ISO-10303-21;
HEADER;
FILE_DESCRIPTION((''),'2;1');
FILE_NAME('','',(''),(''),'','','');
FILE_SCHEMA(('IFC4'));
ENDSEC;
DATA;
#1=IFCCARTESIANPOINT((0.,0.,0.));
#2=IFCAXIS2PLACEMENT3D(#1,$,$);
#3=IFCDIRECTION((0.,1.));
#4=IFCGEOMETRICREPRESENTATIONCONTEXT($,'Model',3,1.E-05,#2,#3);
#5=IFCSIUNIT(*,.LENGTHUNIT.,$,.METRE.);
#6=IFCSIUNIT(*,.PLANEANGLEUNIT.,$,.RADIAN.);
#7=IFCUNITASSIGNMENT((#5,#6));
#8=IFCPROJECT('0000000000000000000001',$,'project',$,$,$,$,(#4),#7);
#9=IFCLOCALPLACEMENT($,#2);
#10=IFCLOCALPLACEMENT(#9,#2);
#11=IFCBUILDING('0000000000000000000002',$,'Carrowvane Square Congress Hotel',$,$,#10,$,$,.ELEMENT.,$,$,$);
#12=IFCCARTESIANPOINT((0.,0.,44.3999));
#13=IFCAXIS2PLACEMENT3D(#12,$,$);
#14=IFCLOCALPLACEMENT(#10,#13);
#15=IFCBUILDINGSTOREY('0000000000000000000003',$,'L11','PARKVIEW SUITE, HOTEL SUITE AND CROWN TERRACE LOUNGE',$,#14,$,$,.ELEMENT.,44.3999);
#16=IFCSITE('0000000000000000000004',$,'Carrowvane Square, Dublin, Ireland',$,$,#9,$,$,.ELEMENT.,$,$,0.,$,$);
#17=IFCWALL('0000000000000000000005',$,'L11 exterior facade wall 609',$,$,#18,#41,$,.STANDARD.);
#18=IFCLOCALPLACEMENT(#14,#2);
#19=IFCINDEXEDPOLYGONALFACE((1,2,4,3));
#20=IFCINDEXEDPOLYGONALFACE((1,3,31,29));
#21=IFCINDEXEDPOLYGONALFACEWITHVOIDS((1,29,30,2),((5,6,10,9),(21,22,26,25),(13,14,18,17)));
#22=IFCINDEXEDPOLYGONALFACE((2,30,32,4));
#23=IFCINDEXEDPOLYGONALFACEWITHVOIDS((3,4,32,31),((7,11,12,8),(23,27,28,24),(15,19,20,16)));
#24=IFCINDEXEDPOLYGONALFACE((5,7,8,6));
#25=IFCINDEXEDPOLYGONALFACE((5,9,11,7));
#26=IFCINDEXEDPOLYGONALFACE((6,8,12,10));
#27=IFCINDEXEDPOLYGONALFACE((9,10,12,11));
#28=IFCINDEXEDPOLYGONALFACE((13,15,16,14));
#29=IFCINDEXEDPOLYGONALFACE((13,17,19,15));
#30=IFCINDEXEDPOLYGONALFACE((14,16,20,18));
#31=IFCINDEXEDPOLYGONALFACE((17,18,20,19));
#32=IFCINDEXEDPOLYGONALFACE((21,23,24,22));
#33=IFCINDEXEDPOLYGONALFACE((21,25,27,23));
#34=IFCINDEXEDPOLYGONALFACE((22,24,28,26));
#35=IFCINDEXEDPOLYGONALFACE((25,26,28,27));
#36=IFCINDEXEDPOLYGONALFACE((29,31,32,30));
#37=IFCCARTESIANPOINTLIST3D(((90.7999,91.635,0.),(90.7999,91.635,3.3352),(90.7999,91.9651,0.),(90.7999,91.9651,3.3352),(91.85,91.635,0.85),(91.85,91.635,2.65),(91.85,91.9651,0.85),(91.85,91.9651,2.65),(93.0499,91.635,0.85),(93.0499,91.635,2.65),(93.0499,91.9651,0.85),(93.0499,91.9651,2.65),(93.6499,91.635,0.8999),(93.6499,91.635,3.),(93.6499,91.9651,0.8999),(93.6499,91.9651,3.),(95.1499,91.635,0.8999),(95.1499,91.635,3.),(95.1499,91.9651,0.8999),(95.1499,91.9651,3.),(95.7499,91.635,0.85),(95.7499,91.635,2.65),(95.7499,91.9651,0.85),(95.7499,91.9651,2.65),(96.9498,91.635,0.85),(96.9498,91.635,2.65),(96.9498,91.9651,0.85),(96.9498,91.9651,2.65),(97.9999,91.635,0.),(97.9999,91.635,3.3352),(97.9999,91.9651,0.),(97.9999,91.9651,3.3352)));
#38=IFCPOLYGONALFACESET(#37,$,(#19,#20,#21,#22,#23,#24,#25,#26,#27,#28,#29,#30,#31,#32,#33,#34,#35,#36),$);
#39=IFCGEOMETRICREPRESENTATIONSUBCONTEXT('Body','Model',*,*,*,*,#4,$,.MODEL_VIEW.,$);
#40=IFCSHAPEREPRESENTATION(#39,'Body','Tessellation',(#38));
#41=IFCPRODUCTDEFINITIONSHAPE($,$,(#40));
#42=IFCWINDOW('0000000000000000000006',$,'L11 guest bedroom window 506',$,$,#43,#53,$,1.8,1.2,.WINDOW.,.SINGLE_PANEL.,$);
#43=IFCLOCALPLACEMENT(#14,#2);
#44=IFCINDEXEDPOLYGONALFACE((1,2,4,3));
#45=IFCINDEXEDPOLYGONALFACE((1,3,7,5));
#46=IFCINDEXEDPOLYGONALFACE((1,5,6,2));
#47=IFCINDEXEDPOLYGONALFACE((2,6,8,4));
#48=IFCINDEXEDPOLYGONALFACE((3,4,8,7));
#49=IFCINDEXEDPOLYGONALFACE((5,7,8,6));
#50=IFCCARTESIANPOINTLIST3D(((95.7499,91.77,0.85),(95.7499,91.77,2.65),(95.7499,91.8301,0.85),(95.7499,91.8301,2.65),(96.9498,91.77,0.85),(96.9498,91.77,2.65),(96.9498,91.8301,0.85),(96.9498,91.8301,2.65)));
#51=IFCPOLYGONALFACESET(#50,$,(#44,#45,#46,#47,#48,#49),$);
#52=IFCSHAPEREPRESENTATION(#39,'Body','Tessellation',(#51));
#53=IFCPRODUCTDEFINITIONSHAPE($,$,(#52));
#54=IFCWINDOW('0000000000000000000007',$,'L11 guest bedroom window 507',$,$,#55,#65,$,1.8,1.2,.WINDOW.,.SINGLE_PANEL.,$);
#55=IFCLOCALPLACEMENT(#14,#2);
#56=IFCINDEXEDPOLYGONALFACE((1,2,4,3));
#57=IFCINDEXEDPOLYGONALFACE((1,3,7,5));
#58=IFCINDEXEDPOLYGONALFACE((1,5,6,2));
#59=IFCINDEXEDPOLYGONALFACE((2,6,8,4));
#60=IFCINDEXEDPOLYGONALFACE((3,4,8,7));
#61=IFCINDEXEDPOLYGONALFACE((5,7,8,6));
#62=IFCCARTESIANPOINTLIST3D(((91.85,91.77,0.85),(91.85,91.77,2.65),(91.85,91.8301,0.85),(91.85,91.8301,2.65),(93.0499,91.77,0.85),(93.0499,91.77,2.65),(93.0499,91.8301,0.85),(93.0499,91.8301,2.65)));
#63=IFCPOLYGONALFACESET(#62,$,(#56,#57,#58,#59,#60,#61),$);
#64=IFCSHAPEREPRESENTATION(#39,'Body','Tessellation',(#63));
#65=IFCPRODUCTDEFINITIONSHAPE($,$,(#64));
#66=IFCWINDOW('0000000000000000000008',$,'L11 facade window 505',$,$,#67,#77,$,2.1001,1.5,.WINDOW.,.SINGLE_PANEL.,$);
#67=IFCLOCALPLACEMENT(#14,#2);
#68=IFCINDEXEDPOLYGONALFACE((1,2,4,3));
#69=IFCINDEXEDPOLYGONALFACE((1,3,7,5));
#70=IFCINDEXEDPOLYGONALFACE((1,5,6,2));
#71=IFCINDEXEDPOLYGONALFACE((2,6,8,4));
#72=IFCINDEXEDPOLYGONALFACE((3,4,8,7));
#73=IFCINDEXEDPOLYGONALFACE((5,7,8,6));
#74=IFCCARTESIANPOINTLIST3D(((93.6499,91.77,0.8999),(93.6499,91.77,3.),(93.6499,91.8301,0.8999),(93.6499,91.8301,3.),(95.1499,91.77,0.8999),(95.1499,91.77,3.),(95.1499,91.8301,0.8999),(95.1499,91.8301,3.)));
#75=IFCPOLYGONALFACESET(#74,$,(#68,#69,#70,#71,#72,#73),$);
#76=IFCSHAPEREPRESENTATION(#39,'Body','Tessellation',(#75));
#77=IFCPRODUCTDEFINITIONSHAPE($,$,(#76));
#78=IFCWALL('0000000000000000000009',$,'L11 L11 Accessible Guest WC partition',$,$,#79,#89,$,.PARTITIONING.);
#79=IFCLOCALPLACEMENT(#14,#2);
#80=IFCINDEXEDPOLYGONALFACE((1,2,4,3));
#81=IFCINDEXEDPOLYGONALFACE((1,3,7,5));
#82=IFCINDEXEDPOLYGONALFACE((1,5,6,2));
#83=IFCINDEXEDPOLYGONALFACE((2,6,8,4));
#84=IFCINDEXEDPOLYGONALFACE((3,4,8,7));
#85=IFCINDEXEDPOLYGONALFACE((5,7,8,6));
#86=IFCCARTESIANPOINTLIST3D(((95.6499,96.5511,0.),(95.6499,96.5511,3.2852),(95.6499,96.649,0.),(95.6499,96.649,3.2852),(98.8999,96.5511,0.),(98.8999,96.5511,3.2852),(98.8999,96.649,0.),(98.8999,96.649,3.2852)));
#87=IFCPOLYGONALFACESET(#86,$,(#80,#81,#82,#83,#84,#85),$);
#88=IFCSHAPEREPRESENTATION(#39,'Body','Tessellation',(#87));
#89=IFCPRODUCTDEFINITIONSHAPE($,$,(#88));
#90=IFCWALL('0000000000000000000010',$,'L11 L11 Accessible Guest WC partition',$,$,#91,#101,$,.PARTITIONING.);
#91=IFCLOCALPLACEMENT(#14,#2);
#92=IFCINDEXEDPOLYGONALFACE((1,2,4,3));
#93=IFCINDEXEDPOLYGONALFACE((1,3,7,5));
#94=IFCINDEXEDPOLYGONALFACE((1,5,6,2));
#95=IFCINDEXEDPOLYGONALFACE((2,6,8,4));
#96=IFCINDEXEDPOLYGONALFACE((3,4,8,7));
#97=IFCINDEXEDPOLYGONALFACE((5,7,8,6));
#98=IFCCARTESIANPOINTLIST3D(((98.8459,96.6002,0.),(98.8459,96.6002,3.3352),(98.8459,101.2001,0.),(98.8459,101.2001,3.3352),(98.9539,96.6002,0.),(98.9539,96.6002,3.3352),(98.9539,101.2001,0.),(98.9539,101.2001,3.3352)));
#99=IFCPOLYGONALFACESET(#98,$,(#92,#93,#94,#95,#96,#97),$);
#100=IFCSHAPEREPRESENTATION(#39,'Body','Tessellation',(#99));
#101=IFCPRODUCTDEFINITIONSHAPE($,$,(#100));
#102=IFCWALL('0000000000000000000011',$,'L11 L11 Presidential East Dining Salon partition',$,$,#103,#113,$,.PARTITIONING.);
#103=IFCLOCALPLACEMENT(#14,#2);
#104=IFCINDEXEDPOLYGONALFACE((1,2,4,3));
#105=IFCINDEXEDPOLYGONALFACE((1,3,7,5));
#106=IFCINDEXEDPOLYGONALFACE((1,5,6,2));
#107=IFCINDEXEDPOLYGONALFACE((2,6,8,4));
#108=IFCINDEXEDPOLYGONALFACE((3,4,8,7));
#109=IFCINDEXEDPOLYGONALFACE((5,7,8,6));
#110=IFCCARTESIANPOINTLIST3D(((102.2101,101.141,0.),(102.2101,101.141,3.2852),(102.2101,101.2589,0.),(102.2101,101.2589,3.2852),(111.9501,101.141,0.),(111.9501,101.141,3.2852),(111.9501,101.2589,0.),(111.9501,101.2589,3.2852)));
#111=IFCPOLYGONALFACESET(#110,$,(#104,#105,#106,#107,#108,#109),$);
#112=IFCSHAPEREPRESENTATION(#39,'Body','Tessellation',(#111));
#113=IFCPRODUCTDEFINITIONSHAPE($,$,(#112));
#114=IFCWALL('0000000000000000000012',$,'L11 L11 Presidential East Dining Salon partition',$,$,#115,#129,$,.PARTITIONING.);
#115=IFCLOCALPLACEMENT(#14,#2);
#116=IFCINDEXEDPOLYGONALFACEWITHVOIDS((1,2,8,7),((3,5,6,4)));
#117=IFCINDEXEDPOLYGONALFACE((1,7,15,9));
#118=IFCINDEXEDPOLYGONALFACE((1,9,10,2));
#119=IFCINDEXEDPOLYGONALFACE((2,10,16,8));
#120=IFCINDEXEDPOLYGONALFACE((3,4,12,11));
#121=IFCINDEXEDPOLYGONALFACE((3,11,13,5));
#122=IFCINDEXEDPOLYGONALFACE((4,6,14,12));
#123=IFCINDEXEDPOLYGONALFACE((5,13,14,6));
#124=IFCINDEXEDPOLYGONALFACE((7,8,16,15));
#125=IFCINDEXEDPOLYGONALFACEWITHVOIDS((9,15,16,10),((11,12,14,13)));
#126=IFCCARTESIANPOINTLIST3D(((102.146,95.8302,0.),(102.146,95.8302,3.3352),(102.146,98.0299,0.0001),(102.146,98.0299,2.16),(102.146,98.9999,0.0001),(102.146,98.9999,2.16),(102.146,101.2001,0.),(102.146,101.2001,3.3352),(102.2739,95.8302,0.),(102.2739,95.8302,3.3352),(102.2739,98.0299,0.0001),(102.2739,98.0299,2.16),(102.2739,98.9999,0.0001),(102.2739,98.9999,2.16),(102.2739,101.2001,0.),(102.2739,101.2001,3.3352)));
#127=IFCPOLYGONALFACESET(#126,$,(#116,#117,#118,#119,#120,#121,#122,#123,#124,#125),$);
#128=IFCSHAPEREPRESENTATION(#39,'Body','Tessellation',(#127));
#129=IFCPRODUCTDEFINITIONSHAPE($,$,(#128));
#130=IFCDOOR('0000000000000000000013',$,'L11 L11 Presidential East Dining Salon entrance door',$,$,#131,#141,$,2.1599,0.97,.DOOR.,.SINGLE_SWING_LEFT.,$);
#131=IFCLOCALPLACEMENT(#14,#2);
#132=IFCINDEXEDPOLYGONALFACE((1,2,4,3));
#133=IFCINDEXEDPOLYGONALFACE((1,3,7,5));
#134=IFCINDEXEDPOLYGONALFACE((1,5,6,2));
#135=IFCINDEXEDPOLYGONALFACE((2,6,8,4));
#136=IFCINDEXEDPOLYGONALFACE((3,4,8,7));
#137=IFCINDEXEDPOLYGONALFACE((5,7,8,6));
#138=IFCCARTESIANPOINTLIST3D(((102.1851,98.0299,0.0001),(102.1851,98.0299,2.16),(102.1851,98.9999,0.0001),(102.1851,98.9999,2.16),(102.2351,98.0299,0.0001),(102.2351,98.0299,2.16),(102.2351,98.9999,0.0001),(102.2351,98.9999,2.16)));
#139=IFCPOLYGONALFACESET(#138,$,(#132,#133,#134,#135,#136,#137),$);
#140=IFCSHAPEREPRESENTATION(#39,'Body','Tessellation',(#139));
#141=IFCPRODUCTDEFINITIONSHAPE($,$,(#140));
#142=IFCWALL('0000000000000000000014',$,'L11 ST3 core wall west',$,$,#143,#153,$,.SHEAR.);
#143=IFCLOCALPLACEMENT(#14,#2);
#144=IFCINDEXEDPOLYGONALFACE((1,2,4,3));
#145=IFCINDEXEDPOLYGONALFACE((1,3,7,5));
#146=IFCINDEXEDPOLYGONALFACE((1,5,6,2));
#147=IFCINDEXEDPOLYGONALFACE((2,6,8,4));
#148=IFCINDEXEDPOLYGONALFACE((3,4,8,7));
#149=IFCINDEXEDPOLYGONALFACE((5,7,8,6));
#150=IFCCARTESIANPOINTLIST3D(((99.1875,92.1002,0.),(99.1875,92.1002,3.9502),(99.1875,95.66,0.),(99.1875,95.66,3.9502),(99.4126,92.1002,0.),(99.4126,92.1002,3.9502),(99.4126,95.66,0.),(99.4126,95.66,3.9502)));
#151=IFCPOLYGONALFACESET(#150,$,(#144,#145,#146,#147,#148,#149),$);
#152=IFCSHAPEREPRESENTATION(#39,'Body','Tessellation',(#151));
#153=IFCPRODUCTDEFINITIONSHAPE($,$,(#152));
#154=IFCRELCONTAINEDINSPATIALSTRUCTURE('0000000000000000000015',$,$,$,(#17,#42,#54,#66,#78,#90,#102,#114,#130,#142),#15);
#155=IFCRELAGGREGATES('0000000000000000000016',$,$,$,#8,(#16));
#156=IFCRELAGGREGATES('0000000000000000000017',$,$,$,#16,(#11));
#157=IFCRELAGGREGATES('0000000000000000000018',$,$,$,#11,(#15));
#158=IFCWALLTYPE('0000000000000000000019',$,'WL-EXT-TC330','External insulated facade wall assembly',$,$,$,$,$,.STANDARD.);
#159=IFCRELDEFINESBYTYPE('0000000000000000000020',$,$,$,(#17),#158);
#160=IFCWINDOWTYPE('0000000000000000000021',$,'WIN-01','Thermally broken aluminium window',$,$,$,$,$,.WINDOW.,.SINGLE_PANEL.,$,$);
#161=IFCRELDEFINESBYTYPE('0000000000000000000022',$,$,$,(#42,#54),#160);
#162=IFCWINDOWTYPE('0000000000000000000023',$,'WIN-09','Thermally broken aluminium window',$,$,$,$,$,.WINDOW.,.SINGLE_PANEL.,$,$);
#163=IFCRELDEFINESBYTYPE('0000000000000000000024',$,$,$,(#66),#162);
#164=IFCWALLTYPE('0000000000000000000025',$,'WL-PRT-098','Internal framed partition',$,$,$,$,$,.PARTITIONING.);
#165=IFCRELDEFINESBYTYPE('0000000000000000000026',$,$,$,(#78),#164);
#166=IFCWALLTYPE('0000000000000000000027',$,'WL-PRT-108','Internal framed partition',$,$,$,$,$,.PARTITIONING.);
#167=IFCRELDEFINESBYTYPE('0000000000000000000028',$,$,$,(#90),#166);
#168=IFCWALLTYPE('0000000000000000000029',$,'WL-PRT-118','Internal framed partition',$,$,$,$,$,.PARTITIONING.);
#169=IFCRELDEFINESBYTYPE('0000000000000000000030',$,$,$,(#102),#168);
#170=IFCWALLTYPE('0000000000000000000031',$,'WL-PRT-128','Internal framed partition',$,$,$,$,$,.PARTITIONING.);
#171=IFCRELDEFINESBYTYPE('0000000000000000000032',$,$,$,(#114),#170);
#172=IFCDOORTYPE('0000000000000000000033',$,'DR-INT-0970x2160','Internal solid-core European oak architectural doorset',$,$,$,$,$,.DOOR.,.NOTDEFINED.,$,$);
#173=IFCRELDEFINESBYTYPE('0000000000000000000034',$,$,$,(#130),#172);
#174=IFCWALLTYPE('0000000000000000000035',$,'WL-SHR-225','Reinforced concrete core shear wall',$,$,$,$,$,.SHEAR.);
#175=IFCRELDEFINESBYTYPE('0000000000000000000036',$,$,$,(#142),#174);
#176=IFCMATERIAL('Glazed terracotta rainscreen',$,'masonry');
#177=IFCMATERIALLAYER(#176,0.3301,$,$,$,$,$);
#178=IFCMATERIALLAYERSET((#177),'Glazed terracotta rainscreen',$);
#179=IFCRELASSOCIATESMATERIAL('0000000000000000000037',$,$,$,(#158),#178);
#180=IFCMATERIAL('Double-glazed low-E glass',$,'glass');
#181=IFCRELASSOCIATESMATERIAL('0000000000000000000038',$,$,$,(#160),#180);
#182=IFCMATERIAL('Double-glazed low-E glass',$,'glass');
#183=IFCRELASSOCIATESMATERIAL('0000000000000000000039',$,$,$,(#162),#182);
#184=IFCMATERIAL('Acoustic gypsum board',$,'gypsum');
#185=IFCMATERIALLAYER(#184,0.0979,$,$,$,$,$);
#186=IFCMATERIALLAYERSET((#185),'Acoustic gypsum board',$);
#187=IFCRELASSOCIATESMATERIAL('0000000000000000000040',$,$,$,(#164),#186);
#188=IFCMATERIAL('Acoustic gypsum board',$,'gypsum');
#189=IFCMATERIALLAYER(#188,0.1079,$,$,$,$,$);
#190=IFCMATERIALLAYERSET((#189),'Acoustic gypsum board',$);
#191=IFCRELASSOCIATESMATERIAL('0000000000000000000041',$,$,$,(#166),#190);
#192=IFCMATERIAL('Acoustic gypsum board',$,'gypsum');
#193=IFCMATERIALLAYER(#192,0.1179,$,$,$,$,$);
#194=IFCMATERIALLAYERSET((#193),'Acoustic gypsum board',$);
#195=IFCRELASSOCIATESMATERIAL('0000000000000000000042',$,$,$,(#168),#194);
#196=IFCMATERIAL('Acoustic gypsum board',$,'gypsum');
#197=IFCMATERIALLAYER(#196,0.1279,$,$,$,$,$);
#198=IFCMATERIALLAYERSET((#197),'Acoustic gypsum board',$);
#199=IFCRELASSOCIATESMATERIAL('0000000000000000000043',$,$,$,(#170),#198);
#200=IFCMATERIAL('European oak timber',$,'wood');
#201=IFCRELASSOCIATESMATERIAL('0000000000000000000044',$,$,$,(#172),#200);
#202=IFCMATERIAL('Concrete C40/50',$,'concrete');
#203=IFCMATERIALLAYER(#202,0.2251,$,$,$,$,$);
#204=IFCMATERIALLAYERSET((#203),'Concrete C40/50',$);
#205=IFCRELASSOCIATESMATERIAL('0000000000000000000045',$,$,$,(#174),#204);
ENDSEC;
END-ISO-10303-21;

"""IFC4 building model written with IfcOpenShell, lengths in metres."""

from ifc_helpers import new_model, si_unit, direction, frame, frame_2d, origin, place, context, subcontext, project, spatial, rectangle, extrude, material, layer, layer_set, type_object, element, fill, save


model = new_model("IFC4")

# Units and contexts
model_context = context("Model", 3, precision=1e-05, world=origin(), true_north=direction((0.0, 1.0)))
body_context = subcontext(model_context, "Body", "Model", "MODEL_VIEW")
ifc_project = project(units=[si_unit("LENGTHUNIT", "METRE"), si_unit("PLANEANGLEUNIT", "RADIAN")], contexts=[model_context])

# Site, building, storey
site_placement = place(None, origin())
site = spatial("IfcSite", under=ifc_project, at=site_placement, Name="Carrowvane Square, Dublin, Ireland", CompositionType="ELEMENT", RefElevation=0.0)
building_placement = place(site_placement, origin())
building = spatial("IfcBuilding", under=site, at=building_placement, Name="Carrowvane Square Congress Hotel", CompositionType="ELEMENT")
storey_placement = place(building_placement, frame((0.0, 0.0, 44.3999)))
storey = spatial("IfcBuildingStorey", under=building, at=storey_placement, Name="L11", Description="PARKVIEW SUITE, HOTEL SUITE AND CROWN TERRACE LOUNGE", CompositionType="ELEMENT", Elevation=44.3999)

# Wall, openings, windows
ifc_material_1 = material(Name="Glazed terracotta rainscreen", Category="masonry")
ifc_layer_1 = layer(ifc_material_1, 0.3301)
ifc_layer_set_1 = layer_set([ifc_layer_1], Name="Glazed terracotta rainscreen")
wall_type_1 = type_object("IfcWallType", Name="WL-EXT-TC330", Description="External insulated facade wall assembly", PredefinedType="STANDARD", material=ifc_layer_set_1)
ifc_material_2 = material(Name="Double-glazed low-E glass", Category="glass")
window_type_1 = type_object("IfcWindowType", Name="WIN-01", Description="Thermally broken aluminium window", PartitioningType="SINGLE_PANEL", PredefinedType="WINDOW", material=ifc_material_2)
wall_1_placement = place(storey_placement, frame((98.0, 91.8, 0.0), z_axis=(0.0, 0.0, 1.0), x_axis=(-1.0, 0.0, 0.0)))
wall_1 = element("IfcWall", 1, at=wall_1_placement, inside=storey, type_object=wall_type_1, Name="L11 exterior facade wall 609", PredefinedType="STANDARD", context=body_context, shape_type="SweptSolid", body=[
    extrude(rectangle(XDim=7.2, YDim=0.3301, at=frame_2d((3.6001, 0.0))), origin(), (0.0, 0.0, 1.0), 3.3352),
])
opening_1_placement = place(wall_1_placement, frame((2.8501, 0.0, 0.8999)))
opening_1 = element("IfcOpeningElement", 2, at=opening_1_placement, cuts=wall_1, PredefinedType="OPENING", context=body_context, shape_type="SweptSolid", body=[
    extrude(rectangle(XDim=1.5, YDim=2.1001, at=frame_2d((0.75, 1.05))), frame((0.0, 0.175, 0.0), z_axis=(0.0, -1.0, 0.0), x_axis=(1.0, 0.0, 0.0)), (0.0, 0.0, 1.0), 0.3501),
])
opening_2_placement = place(wall_1_placement, frame((1.05, 0.0, 0.8501)))
opening_2 = element("IfcOpeningElement", 3, at=opening_2_placement, cuts=wall_1, PredefinedType="OPENING", context=body_context, shape_type="SweptSolid", body=[
    extrude(rectangle(XDim=1.2, YDim=1.8, at=frame_2d((0.6001, 0.8999))), frame((0.0, 0.175, 0.0), z_axis=(0.0, -1.0, 0.0), x_axis=(1.0, 0.0, 0.0)), (0.0, 0.0, 1.0), 0.3501),
])
opening_3_placement = place(wall_1_placement, frame((4.95, 0.0, 0.8501)))
opening_3 = element("IfcOpeningElement", 4, at=opening_3_placement, cuts=wall_1, PredefinedType="OPENING", context=body_context, shape_type="SweptSolid", body=[
    extrude(rectangle(XDim=1.2, YDim=1.8, at=frame_2d((0.6001, 0.8999))), frame((0.0, 0.175, 0.0), z_axis=(0.0, -1.0, 0.0), x_axis=(1.0, 0.0, 0.0)), (0.0, 0.0, 1.0), 0.3501),
])
window_1_placement = place(opening_2_placement, origin())
window_1 = element("IfcWindow", 5, at=window_1_placement, inside=storey, type_object=window_type_1, Name="L11 guest bedroom window 506", OverallHeight=1.8, OverallWidth=1.2, PartitioningType="SINGLE_PANEL", PredefinedType="WINDOW", context=body_context, shape_type="SweptSolid", body=[
    extrude(rectangle(XDim=1.2, YDim=1.8, at=frame_2d((0.6001, 0.8999))), frame((0.0, 0.03, 0.0), z_axis=(0.0, -1.0, 0.0), x_axis=(1.0, 0.0, 0.0)), (0.0, 0.0, 1.0), 0.0601),
])
fill(opening_2, window_1)
window_2_placement = place(opening_3_placement, origin())
window_2 = element("IfcWindow", 6, at=window_2_placement, inside=storey, type_object=window_type_1, Name="L11 guest bedroom window 507", OverallHeight=1.8, OverallWidth=1.2, PartitioningType="SINGLE_PANEL", PredefinedType="WINDOW", context=body_context, shape_type="SweptSolid", body=[
    extrude(rectangle(XDim=1.2, YDim=1.8, at=frame_2d((0.6001, 0.8999))), frame((0.0, 0.03, 0.0), z_axis=(0.0, -1.0, 0.0), x_axis=(1.0, 0.0, 0.0)), (0.0, 0.0, 1.0), 0.0601),
])
fill(opening_3, window_2)
ifc_material_3 = material(Name="Double-glazed low-E glass", Category="glass")
window_type_2 = type_object("IfcWindowType", Name="WIN-09", Description="Thermally broken aluminium window", PartitioningType="SINGLE_PANEL", PredefinedType="WINDOW", material=ifc_material_3)
window_3_placement = place(opening_1_placement, origin())
window_3 = element("IfcWindow", 7, at=window_3_placement, inside=storey, type_object=window_type_2, Name="L11 facade window 505", OverallHeight=2.1001, OverallWidth=1.5, PartitioningType="SINGLE_PANEL", PredefinedType="WINDOW", context=body_context, shape_type="SweptSolid", body=[
    extrude(rectangle(XDim=1.5, YDim=2.1001, at=frame_2d((0.75, 1.05))), frame((0.0, 0.03, 0.0), z_axis=(0.0, -1.0, 0.0), x_axis=(1.0, 0.0, 0.0)), (0.0, 0.0, 1.0), 0.0601),
])
fill(opening_1, window_3)

# Walls
ifc_material_4 = material(Name="Acoustic gypsum board", Category="gypsum")
ifc_layer_2 = layer(ifc_material_4, 0.0979)
ifc_layer_set_2 = layer_set([ifc_layer_2], Name="Acoustic gypsum board")
wall_type_2 = type_object("IfcWallType", Name="WL-PRT-098", Description="Internal framed partition", PredefinedType="PARTITIONING", material=ifc_layer_set_2)
wall_2_placement = place(storey_placement, frame((98.8999, 96.6001, 0.0), z_axis=(0.0, 0.0, 1.0), x_axis=(-1.0, 0.0, 0.0)))
element("IfcWall", 8, at=wall_2_placement, inside=storey, type_object=wall_type_2, Name="L11 L11 Accessible Guest WC partition", PredefinedType="PARTITIONING", context=body_context, shape_type="SweptSolid", body=[
    extrude(rectangle(XDim=3.25, YDim=0.0979, at=frame_2d((1.625, 0.0))), origin(), (0.0, 0.0, 1.0), 3.2852),
])
ifc_material_5 = material(Name="Acoustic gypsum board", Category="gypsum")
ifc_layer_3 = layer(ifc_material_5, 0.1079)
ifc_layer_set_3 = layer_set([ifc_layer_3], Name="Acoustic gypsum board")
wall_type_3 = type_object("IfcWallType", Name="WL-PRT-108", Description="Internal framed partition", PredefinedType="PARTITIONING", material=ifc_layer_set_3)
wall_3_placement = place(storey_placement, frame((98.8999, 101.2, 0.0), z_axis=(0.0, 0.0, 1.0), x_axis=(0.0, -1.0, 0.0)))
element("IfcWall", 9, at=wall_3_placement, inside=storey, type_object=wall_type_3, Name="L11 L11 Accessible Guest WC partition", PredefinedType="PARTITIONING", context=body_context, shape_type="SweptSolid", body=[
    extrude(rectangle(XDim=4.5999, YDim=0.1079, at=frame_2d((2.2998, 0.0))), origin(), (0.0, 0.0, 1.0), 3.3352),
])
ifc_material_6 = material(Name="Acoustic gypsum board", Category="gypsum")
ifc_layer_4 = layer(ifc_material_6, 0.1179)
ifc_layer_set_4 = layer_set([ifc_layer_4], Name="Acoustic gypsum board")
wall_type_4 = type_object("IfcWallType", Name="WL-PRT-118", Description="Internal framed partition", PredefinedType="PARTITIONING", material=ifc_layer_set_4)
wall_4_placement = place(storey_placement, frame((102.21, 101.2, 0.0), z_axis=(0.0, 0.0, 1.0), x_axis=(1.0, 0.0, 0.0)))
element("IfcWall", 10, at=wall_4_placement, inside=storey, type_object=wall_type_4, Name="L11 L11 Presidential East Dining Salon partition", PredefinedType="PARTITIONING", context=body_context, shape_type="SweptSolid", body=[
    extrude(rectangle(XDim=9.74, YDim=0.1179, at=frame_2d((4.8701, 0.0))), origin(), (0.0, 0.0, 1.0), 3.2852),
])

# Wall, opening, door
ifc_material_7 = material(Name="Acoustic gypsum board", Category="gypsum")
ifc_layer_5 = layer(ifc_material_7, 0.1279)
ifc_layer_set_5 = layer_set([ifc_layer_5], Name="Acoustic gypsum board")
wall_type_5 = type_object("IfcWallType", Name="WL-PRT-128", Description="Internal framed partition", PredefinedType="PARTITIONING", material=ifc_layer_set_5)
wall_5_placement = place(storey_placement, frame((102.21, 95.8301, 0.0), z_axis=(0.0, 0.0, 1.0), x_axis=(0.0, 1.0, 0.0)))
wall_5 = element("IfcWall", 11, at=wall_5_placement, inside=storey, type_object=wall_type_5, Name="L11 L11 Presidential East Dining Salon partition", PredefinedType="PARTITIONING", context=body_context, shape_type="SweptSolid", body=[
    extrude(rectangle(XDim=5.3699, YDim=0.1279, at=frame_2d((2.6851, 0.0))), origin(), (0.0, 0.0, 1.0), 3.3352),
])
opening_4_placement = place(wall_5_placement, frame((2.2, 0.0, 0.0)))
opening_4 = element("IfcOpeningElement", 12, at=opening_4_placement, cuts=wall_5, PredefinedType="OPENING", context=body_context, shape_type="SweptSolid", body=[
    extrude(rectangle(XDim=0.97, YDim=2.1599, at=frame_2d((0.4849, 1.0801))), frame((0.0, 0.074, 0.0), z_axis=(0.0, -1.0, 0.0), x_axis=(1.0, 0.0, 0.0)), (0.0, 0.0, 1.0), 0.1479),
])
ifc_material_8 = material(Name="European oak timber", Category="wood")
door_type_1 = type_object("IfcDoorType", Name="DR-INT-0970x2160", Description="Internal solid-core European oak architectural doorset", OperationType="NOTDEFINED", PredefinedType="DOOR", material=ifc_material_8)
door_1_placement = place(opening_4_placement, origin())
door_1 = element("IfcDoor", 13, at=door_1_placement, inside=storey, type_object=door_type_1, Name="L11 L11 Presidential East Dining Salon entrance door", OperationType="SINGLE_SWING_LEFT", OverallHeight=2.1599, OverallWidth=0.97, PredefinedType="DOOR", context=body_context, shape_type="SweptSolid", body=[
    extrude(rectangle(XDim=0.97, YDim=2.1599, at=frame_2d((0.4849, 1.0801))), frame((0.0, 0.0249, 0.0), z_axis=(0.0, -1.0, 0.0), x_axis=(1.0, 0.0, 0.0)), (0.0, 0.0, 1.0), 0.05),
])
fill(opening_4, door_1)

# Wall
ifc_material_9 = material(Name="Concrete C40/50", Category="concrete")
ifc_layer_6 = layer(ifc_material_9, 0.2251)
ifc_layer_set_6 = layer_set([ifc_layer_6], Name="Concrete C40/50")
wall_type_6 = type_object("IfcWallType", Name="WL-SHR-225", Description="Reinforced concrete core shear wall", PredefinedType="SHEAR", material=ifc_layer_set_6)
wall_6_placement = place(storey_placement, frame((99.3, 95.6599, 0.0), z_axis=(0.0, 0.0, 1.0), x_axis=(0.0, -1.0, 0.0)))
element("IfcWall", 14, at=wall_6_placement, inside=storey, type_object=wall_type_6, Name="L11 ST3 core wall west", PredefinedType="SHEAR", context=body_context, shape_type="SweptSolid", body=[
    extrude(rectangle(XDim=3.5598, YDim=0.2251, at=frame_2d((1.7798, 0.0))), origin(), (0.0, 0.0, 1.0), 3.9502),
])

save(model, "model.ifc")
